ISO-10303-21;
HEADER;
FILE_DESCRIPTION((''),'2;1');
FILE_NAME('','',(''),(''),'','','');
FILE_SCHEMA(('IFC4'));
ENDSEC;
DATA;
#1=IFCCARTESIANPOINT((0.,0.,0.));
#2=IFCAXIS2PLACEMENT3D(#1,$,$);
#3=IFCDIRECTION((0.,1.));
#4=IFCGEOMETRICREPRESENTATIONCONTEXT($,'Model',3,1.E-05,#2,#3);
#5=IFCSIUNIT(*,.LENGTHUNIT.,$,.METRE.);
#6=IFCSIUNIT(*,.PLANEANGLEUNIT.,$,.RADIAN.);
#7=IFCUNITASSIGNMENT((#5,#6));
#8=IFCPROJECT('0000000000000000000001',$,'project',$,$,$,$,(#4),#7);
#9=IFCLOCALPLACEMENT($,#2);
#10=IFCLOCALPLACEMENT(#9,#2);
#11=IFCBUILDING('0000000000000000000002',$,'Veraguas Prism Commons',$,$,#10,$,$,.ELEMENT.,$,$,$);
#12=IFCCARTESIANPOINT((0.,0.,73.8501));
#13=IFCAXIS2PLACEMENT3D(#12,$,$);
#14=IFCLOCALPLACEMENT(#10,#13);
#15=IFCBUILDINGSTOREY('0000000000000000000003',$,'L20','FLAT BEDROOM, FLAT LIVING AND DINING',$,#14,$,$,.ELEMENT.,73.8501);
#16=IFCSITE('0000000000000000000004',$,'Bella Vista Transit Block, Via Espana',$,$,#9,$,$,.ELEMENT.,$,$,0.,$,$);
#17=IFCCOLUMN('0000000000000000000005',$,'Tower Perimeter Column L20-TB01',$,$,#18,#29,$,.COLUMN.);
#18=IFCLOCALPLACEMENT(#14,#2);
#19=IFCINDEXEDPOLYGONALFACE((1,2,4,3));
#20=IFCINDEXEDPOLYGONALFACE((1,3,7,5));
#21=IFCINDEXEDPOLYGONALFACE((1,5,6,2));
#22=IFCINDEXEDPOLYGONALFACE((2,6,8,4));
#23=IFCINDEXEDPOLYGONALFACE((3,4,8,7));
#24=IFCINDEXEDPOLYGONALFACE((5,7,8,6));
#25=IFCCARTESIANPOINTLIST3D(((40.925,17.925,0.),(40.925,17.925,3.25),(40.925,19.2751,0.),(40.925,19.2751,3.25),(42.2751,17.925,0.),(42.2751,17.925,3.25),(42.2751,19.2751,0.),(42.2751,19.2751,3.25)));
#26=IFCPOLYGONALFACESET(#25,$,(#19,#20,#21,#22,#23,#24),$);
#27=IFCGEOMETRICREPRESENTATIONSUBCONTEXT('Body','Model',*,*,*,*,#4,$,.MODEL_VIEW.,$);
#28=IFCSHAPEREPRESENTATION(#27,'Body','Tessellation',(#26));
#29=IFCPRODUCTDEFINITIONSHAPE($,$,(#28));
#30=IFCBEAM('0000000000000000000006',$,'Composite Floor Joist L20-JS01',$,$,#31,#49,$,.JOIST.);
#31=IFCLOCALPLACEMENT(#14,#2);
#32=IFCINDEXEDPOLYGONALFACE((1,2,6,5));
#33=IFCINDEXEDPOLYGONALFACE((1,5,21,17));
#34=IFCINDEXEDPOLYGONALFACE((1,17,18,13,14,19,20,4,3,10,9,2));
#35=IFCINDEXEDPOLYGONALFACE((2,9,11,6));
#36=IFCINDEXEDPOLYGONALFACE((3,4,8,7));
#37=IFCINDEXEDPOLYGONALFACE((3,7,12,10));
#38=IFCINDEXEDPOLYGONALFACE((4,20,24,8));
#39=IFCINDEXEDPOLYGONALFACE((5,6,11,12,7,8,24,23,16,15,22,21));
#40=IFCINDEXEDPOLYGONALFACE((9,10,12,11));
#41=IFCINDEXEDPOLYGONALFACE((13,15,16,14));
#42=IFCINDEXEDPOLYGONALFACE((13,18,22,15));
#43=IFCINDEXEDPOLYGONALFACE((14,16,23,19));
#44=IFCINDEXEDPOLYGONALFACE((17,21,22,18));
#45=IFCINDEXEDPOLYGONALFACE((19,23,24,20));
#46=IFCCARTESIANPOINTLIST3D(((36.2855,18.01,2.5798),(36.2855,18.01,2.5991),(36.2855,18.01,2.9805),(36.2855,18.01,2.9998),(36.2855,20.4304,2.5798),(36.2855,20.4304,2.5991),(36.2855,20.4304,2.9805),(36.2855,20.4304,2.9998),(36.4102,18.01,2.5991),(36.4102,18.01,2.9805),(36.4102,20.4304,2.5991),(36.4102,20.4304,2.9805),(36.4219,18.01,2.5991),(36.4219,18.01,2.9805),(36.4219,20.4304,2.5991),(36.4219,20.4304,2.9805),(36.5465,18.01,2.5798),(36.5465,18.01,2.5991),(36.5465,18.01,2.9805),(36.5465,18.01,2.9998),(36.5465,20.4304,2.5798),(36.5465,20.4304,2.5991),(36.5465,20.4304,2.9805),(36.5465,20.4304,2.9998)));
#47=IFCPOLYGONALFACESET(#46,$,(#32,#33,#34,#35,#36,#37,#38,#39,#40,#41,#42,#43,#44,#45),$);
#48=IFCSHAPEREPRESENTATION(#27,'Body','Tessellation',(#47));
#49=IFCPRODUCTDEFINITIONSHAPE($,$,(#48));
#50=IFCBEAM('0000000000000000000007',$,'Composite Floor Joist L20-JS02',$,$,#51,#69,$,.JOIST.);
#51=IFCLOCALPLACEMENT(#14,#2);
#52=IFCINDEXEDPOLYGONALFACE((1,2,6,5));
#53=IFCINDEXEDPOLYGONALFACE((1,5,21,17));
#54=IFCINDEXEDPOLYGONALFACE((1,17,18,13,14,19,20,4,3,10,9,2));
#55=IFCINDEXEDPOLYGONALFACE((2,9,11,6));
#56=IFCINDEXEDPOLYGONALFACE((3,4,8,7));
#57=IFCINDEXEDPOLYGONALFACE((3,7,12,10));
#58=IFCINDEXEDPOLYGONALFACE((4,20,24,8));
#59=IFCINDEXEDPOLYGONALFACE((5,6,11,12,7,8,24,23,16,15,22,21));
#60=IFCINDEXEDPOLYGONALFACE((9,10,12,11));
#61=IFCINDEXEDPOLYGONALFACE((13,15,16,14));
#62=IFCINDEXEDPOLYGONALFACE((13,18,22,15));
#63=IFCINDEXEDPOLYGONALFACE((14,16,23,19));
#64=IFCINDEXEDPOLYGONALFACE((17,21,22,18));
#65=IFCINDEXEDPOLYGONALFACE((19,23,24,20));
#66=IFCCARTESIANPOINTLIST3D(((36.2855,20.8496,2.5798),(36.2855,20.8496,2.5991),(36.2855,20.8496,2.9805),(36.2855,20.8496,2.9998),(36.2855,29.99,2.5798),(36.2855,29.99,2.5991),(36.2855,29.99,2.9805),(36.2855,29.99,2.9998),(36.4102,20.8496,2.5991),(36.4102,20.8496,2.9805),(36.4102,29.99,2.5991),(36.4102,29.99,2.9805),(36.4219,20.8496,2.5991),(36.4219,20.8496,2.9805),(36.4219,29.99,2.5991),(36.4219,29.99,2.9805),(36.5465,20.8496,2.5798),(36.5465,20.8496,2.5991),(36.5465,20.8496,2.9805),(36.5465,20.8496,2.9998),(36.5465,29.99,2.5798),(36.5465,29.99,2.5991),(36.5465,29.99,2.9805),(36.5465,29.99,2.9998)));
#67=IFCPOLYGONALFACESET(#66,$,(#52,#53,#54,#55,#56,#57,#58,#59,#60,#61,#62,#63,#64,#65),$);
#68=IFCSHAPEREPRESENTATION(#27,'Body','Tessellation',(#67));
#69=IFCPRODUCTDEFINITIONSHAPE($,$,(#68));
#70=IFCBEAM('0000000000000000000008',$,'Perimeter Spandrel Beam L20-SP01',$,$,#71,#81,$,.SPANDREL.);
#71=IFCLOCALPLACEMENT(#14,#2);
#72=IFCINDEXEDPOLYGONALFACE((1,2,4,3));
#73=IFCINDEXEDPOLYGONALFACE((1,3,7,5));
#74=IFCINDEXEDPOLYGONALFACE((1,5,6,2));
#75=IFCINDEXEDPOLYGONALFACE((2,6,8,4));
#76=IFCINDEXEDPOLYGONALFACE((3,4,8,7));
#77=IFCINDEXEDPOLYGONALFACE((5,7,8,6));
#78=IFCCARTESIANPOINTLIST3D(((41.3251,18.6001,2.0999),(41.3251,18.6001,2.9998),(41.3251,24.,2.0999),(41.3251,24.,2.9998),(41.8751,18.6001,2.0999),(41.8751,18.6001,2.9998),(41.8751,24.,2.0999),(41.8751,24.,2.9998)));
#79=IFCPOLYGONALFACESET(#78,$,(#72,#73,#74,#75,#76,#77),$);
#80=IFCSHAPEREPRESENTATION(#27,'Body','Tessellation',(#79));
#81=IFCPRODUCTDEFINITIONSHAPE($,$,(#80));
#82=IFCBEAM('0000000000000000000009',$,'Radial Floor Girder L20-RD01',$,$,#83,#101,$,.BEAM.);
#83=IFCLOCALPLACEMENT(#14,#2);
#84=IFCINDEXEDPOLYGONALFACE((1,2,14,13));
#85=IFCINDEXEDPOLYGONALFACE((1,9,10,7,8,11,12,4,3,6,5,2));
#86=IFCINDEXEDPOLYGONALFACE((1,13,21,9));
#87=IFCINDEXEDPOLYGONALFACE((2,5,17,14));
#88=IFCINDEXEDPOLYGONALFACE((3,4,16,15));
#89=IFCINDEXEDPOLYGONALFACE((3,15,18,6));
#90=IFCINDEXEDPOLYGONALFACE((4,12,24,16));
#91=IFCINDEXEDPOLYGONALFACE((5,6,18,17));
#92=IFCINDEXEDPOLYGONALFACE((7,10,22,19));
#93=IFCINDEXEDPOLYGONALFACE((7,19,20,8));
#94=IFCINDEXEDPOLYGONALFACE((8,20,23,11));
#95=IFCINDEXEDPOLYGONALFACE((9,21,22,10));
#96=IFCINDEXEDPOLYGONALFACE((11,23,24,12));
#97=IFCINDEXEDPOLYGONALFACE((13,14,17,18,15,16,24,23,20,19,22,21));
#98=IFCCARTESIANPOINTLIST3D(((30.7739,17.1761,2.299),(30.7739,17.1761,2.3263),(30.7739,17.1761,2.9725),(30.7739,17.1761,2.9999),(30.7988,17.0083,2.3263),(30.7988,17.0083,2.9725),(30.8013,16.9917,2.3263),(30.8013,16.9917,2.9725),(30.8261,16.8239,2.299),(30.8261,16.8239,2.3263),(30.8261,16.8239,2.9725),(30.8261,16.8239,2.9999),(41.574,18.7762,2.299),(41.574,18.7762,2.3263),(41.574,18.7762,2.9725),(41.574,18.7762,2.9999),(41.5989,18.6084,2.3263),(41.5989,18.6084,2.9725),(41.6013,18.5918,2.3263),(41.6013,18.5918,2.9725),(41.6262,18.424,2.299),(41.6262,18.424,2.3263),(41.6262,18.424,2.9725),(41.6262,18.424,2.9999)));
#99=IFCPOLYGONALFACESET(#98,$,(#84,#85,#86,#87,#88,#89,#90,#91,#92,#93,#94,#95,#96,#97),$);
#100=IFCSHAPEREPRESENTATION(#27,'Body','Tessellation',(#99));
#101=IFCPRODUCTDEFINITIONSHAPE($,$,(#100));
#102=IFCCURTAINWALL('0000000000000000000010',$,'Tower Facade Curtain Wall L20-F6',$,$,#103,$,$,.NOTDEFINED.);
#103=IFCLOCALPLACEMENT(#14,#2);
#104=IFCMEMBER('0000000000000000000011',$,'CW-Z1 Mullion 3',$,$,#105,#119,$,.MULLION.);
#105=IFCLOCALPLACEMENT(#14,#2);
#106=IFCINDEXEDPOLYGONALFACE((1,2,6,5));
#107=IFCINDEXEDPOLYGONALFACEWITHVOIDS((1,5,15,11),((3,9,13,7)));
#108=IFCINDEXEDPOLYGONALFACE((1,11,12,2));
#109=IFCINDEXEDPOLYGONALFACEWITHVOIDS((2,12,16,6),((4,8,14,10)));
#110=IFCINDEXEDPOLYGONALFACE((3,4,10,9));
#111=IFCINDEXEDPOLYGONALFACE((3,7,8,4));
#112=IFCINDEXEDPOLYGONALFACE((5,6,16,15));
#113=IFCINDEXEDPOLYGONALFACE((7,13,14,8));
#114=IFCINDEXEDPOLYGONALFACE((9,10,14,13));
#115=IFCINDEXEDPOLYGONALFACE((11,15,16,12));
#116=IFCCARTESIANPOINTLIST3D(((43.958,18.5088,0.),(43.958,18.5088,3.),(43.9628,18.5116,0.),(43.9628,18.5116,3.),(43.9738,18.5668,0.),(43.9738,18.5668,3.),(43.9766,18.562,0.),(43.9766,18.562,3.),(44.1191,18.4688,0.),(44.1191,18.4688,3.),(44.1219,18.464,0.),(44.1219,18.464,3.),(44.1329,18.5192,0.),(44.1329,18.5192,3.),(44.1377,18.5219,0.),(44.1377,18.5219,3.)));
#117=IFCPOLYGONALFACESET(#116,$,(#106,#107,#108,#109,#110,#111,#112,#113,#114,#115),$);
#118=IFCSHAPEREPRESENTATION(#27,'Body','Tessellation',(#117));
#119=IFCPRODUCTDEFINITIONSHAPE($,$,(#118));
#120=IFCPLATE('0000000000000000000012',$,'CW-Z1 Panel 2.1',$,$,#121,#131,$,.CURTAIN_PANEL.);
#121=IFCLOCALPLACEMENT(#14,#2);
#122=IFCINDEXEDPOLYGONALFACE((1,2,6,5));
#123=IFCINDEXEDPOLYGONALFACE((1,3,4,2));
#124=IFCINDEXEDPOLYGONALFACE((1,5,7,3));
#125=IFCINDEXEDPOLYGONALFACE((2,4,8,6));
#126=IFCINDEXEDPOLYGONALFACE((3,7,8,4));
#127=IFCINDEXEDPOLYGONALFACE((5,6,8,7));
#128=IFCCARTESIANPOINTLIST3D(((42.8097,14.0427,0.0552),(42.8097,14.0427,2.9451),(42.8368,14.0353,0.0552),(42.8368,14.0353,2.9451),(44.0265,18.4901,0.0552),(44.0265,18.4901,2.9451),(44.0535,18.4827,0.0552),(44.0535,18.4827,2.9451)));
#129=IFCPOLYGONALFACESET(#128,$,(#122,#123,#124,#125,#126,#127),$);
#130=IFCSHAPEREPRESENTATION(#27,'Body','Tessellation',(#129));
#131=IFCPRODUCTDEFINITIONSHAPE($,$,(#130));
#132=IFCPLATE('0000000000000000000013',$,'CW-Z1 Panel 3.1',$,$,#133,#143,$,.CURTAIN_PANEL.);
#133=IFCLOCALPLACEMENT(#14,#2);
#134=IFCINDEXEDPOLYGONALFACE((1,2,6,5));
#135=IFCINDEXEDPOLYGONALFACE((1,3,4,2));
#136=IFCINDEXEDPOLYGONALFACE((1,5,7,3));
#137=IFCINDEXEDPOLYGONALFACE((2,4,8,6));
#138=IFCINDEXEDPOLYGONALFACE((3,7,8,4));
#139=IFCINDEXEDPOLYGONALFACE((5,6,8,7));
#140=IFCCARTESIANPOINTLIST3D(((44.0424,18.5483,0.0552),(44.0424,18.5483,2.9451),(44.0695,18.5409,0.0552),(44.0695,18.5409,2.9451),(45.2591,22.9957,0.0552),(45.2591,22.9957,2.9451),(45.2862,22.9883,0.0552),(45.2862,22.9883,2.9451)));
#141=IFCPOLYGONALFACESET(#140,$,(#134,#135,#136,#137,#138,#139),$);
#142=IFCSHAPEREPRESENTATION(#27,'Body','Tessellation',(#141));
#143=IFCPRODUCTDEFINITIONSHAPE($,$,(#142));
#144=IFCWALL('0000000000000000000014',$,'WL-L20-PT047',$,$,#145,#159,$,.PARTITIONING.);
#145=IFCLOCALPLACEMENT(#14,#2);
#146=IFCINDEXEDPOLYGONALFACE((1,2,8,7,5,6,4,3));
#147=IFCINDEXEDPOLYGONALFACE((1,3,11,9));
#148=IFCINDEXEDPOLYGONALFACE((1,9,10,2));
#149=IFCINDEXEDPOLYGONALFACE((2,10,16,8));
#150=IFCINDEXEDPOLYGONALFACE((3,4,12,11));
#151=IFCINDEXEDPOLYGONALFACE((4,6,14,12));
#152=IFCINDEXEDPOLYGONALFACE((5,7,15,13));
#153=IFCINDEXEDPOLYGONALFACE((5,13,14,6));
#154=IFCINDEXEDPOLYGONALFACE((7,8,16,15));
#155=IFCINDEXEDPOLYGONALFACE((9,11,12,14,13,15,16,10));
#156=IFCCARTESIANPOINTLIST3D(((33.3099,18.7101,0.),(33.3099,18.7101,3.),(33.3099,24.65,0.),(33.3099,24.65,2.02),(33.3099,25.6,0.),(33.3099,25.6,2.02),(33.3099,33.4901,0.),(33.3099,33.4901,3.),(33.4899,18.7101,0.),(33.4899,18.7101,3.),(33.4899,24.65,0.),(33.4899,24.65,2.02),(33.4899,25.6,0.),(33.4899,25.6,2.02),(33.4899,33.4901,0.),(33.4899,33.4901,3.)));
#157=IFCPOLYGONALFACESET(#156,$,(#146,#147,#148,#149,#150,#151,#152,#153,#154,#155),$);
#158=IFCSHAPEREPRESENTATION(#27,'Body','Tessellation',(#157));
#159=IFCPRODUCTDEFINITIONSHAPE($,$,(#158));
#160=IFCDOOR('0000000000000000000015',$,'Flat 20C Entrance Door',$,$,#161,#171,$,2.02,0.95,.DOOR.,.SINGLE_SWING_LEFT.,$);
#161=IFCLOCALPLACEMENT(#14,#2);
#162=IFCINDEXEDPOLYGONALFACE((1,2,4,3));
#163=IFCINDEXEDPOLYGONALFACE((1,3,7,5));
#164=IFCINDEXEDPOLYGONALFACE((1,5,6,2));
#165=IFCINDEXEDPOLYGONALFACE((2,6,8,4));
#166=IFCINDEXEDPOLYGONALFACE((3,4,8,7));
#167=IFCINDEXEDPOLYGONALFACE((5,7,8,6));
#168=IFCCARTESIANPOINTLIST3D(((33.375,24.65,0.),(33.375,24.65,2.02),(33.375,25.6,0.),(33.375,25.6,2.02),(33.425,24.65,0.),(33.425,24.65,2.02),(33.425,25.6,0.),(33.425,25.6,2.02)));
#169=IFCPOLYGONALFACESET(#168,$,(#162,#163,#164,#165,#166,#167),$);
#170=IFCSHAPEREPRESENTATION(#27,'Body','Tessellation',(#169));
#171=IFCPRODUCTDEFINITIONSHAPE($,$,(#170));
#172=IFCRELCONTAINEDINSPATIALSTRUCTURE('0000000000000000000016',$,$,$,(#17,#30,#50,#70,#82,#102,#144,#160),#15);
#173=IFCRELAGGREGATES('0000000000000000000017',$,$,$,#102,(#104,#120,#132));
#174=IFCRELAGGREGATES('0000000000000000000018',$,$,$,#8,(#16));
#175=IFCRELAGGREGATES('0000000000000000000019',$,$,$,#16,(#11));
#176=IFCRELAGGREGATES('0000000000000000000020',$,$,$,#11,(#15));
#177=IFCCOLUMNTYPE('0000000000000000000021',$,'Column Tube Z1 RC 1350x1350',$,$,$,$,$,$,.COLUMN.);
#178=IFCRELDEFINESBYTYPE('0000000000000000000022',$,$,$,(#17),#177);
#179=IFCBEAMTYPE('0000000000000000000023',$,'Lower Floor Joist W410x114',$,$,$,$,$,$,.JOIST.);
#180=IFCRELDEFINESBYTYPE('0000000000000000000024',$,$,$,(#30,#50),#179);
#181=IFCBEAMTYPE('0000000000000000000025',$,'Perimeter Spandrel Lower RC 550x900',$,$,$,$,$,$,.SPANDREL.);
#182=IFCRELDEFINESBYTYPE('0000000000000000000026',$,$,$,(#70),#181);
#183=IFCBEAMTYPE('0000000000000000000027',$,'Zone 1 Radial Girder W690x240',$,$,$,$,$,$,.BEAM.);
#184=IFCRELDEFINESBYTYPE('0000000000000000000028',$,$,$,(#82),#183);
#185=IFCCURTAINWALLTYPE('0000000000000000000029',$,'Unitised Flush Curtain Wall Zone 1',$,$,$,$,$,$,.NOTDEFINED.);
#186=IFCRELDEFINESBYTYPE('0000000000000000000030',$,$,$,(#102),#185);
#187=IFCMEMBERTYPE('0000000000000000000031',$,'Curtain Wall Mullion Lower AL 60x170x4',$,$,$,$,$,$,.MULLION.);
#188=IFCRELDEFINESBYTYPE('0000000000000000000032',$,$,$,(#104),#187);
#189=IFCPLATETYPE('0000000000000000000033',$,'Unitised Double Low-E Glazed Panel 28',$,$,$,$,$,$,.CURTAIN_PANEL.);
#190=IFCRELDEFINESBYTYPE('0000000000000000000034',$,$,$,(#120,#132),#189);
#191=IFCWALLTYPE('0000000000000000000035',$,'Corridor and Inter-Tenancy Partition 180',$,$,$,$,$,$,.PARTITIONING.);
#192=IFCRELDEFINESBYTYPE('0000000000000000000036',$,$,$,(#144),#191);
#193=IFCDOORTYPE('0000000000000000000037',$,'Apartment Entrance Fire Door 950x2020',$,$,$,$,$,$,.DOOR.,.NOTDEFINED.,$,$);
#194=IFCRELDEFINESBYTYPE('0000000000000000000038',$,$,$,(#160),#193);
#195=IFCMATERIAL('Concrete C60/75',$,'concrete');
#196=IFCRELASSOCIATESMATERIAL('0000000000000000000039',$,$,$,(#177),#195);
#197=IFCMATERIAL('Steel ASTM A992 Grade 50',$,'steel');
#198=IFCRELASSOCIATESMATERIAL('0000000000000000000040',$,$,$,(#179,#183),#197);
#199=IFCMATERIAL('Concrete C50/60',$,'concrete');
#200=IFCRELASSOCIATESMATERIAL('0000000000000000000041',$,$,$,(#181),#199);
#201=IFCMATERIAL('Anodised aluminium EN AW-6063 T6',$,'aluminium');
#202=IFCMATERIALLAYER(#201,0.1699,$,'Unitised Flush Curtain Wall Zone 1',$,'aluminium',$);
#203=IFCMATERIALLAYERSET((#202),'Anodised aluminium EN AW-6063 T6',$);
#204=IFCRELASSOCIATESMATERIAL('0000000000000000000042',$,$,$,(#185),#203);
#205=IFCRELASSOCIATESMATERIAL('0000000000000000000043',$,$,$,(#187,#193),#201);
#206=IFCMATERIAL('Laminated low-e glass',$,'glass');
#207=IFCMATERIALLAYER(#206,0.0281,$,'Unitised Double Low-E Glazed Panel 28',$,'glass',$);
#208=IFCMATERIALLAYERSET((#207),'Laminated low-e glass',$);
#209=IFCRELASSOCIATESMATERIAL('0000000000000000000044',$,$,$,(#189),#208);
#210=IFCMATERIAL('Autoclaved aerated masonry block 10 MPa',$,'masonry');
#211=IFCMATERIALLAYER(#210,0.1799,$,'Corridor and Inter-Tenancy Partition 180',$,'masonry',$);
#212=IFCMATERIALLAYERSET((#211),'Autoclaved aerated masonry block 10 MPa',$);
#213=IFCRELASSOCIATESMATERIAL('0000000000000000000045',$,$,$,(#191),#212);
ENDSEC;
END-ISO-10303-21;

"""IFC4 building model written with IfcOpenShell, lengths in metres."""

from ifc_helpers import new_model, si_unit, direction, frame, frame_2d, origin, origin_2d, place, context, subcontext, project, spatial, rectangle, hollow_rectangle, i_section, extrude, source, transform, mapped, material, layer, layer_set, material_profile, profile_set, type_object, element, fill, aggregate, save


model = new_model("IFC4")

# Units and contexts
model_context = context("Model", 3, precision=1e-05, world=origin(), true_north=direction((0.0, 1.0)))
body_context = subcontext(model_context, "Body", "Model", "MODEL_VIEW")
ifc_project = project(units=[si_unit("LENGTHUNIT", "METRE"), si_unit("PLANEANGLEUNIT", "RADIAN")], contexts=[model_context])

# Site, building, storey
site_placement = place(None, origin())
site = spatial("IfcSite", under=ifc_project, at=site_placement, Name="Bella Vista Transit Block, Via Espana", CompositionType="ELEMENT", RefElevation=0.0)
building_placement = place(site_placement, origin())
building = spatial("IfcBuilding", under=site, at=building_placement, Name="Veraguas Prism Commons", CompositionType="ELEMENT")
storey_placement = place(building_placement, frame((0.0, 0.0, 73.8501)))
storey = spatial("IfcBuildingStorey", under=building, at=storey_placement, Name="L20", Description="FLAT BEDROOM, FLAT LIVING AND DINING", CompositionType="ELEMENT", Elevation=73.8501)

# Column
ifc_material_1 = material(Name="Concrete C60/75", Category="concrete")
ifc_material_profile_1 = material_profile(ifc_material_1, rectangle(XDim=1.3501, YDim=1.3501, at=origin_2d()), Name="RC1350X1350")
ifc_profile_set_1 = profile_set([ifc_material_profile_1], Name="Concrete C60/75")
column_type = type_object("IfcColumnType", Name="Column Tube Z1 RC 1350x1350", PredefinedType="COLUMN", material=ifc_profile_set_1)
column_placement = place(storey_placement, frame((41.6001, 18.6001, 0.0), z_axis=(0.0, 0.0, 1.0), x_axis=(1.0, 0.0, 0.0)))
element("IfcColumn", 1, at=column_placement, inside=storey, type_object=column_type, Name="Tower Perimeter Column L20-TB01", PredefinedType="COLUMN", context=body_context, shape_type="SweptSolid", body=[
    extrude(rectangle(XDim=1.3501, YDim=1.3501, at=origin_2d()), origin(), (0.0, 0.0, 1.0), 3.25),
])

# Beams
ifc_material_2 = material(Name="Steel ASTM A992 Grade 50", Category="steel")
ifc_material_profile_2 = material_profile(ifc_material_2, i_section(OverallWidth=0.261, OverallDepth=0.4199, WebThickness=0.0117, FlangeThickness=0.0193, at=origin_2d()), Name="W410X114")
ifc_profile_set_2 = profile_set([ifc_material_profile_2], Name="Steel ASTM A992 Grade 50")
beam_type_1 = type_object("IfcBeamType", Name="Lower Floor Joist W410x114", PredefinedType="JOIST", material=ifc_profile_set_2)
beam_1_placement = place(storey_placement, frame((36.416, 18.01, 2.7898), z_axis=(0.0, 1.0, 0.0), x_axis=(-1.0, 0.0, 0.0)))
element("IfcBeam", 2, at=beam_1_placement, inside=storey, type_object=beam_type_1, Name="Composite Floor Joist L20-JS01", PredefinedType="JOIST", context=body_context, shape_type="SweptSolid", body=[
    extrude(i_section(OverallWidth=0.261, OverallDepth=0.4199, WebThickness=0.0117, FlangeThickness=0.0193, at=origin_2d()), origin(), (0.0, 0.0, 1.0), 2.4204),
])
beam_2_placement = place(storey_placement, frame((36.416, 20.8496, 2.7898), z_axis=(0.0, 1.0, 0.0), x_axis=(-1.0, 0.0, 0.0)))
element("IfcBeam", 3, at=beam_2_placement, inside=storey, type_object=beam_type_1, Name="Composite Floor Joist L20-JS02", PredefinedType="JOIST", context=body_context, shape_type="SweptSolid", body=[
    extrude(i_section(OverallWidth=0.261, OverallDepth=0.4199, WebThickness=0.0117, FlangeThickness=0.0193, at=origin_2d()), origin(), (0.0, 0.0, 1.0), 9.1404),
])
ifc_material_3 = material(Name="Concrete C50/60", Category="concrete")
ifc_material_profile_3 = material_profile(ifc_material_3, rectangle(XDim=0.55, YDim=0.8999, at=origin_2d()), Name="RC550X900")
ifc_profile_set_3 = profile_set([ifc_material_profile_3], Name="Concrete C50/60")
beam_type_2 = type_object("IfcBeamType", Name="Perimeter Spandrel Lower RC 550x900", PredefinedType="SPANDREL", material=ifc_profile_set_3)
beam_3_placement = place(storey_placement, frame((41.6001, 18.6001, 2.5498), z_axis=(0.0, 1.0, 0.0), x_axis=(-1.0, 0.0, 0.0)))
element("IfcBeam", 4, at=beam_3_placement, inside=storey, type_object=beam_type_2, Name="Perimeter Spandrel Beam L20-SP01", PredefinedType="SPANDREL", context=body_context, shape_type="SweptSolid", body=[
    extrude(rectangle(XDim=0.55, YDim=0.8999, at=origin_2d()), origin(), (0.0, 0.0, 1.0), 5.3999),
])
ifc_material_profile_4 = material_profile(ifc_material_2, i_section(OverallWidth=0.356, OverallDepth=0.7009, WebThickness=0.0168, FlangeThickness=0.0273, at=origin_2d()), Name="W690X240")
ifc_profile_set_4 = profile_set([ifc_material_profile_4], Name="Steel ASTM A992 Grade 50")
beam_type_3 = type_object("IfcBeamType", Name="Zone 1 Radial Girder W690x240", PredefinedType="BEAM", material=ifc_profile_set_4)
beam_4_placement = place(storey_placement, frame((41.6001, 18.6001, 2.6494), z_axis=(-0.989202, -0.146557, 0.0), x_axis=(0.146557, -0.989202, 0.0)))
element("IfcBeam", 5, at=beam_4_placement, inside=storey, type_object=beam_type_3, Name="Radial Floor Girder L20-RD01", PredefinedType="BEAM", context=body_context, shape_type="SweptSolid", body=[
    extrude(i_section(OverallWidth=0.356, OverallDepth=0.7009, WebThickness=0.0168, FlangeThickness=0.0273, at=origin_2d()), origin(), (0.0, 0.0, 1.0), 10.918),
])

# Curtain wall, member, plates
ifc_material_4 = material(Name="Anodised aluminium EN AW-6063 T6", Category="aluminium")
ifc_layer_1 = layer(ifc_material_4, 0.1699, Name="Unitised Flush Curtain Wall Zone 1", Category="aluminium")
ifc_layer_set_1 = layer_set([ifc_layer_1], Name="Anodised aluminium EN AW-6063 T6")
curtain_wall_type = type_object("IfcCurtainWallType", Name="Unitised Flush Curtain Wall Zone 1", PredefinedType="NOTDEFINED", material=ifc_layer_set_1)
curtain_wall_placement = place(storey_placement, origin())
curtain_wall = element("IfcCurtainWall", 6, at=curtain_wall_placement, inside=storey, type_object=curtain_wall_type, Name="Tower Facade Curtain Wall L20-F6", PredefinedType="NOTDEFINED")
ifc_material_profile_5 = material_profile(ifc_material_4, hollow_rectangle(XDim=0.0601, YDim=0.1699, WallThickness=0.0039, at=origin_2d()), Name="AL60X170X4")
ifc_profile_set_5 = profile_set([ifc_material_profile_5], Name="Anodised aluminium EN AW-6063 T6")
member_type = type_object("IfcMemberType", Name="Curtain Wall Mullion Lower AL 60x170x4", PredefinedType="MULLION", material=ifc_profile_set_5)
shared_shape_1 = source(origin(), body_context, "Body", "SweptSolid", [
    extrude(hollow_rectangle(XDim=0.0601, YDim=0.1699, WallThickness=0.0039, at=origin_2d()), origin(), (0.0, 0.0, 1.0), 3.0),
])
member_placement = place(storey_placement, frame((44.0479, 18.5154, 0.0), z_axis=(0.0, 0.0, 1.0), x_axis=(0.26388, 0.964556, 0.0)))
member = element("IfcMember", 7, at=member_placement, type_object=member_type, Name="CW-Z1 Mullion 3", PredefinedType="MULLION", context=body_context, shape_type="MappedRepresentation", body=[
    mapped(shared_shape_1, transform((0.0, 0.0, 0.0), scale=1.0)),
])
ifc_material_5 = material(Name="Laminated low-e glass", Category="glass")
ifc_layer_2 = layer(ifc_material_5, 0.0281, Name="Unitised Double Low-E Glazed Panel 28", Category="glass")
ifc_layer_set_2 = layer_set([ifc_layer_2], Name="Laminated low-e glass")
plate_type = type_object("IfcPlateType", Name="Unitised Double Low-E Glazed Panel 28", PredefinedType="CURTAIN_PANEL", material=ifc_layer_set_2)
shared_shape_2 = source(origin(), body_context, "Body", "SweptSolid", [
    extrude(rectangle(XDim=4.6108, YDim=0.0281, at=origin_2d()), origin(), (0.0, 0.0, 1.0), 2.8899),
])
plate_1_placement = place(storey_placement, frame((43.4316, 16.2627, 0.0552), z_axis=(0.0, 0.0, 1.0), x_axis=(0.26388, 0.964556, 0.0)))
plate_1 = element("IfcPlate", 8, at=plate_1_placement, type_object=plate_type, Name="CW-Z1 Panel 2.1", PredefinedType="CURTAIN_PANEL", context=body_context, shape_type="MappedRepresentation", body=[
    mapped(shared_shape_2, transform((0.0, 0.0, 0.0), scale=1.0)),
])
plate_2_placement = place(storey_placement, frame((44.6643, 20.7683, 0.0552), z_axis=(0.0, 0.0, 1.0), x_axis=(0.26388, 0.964556, 0.0)))
plate_2 = element("IfcPlate", 9, at=plate_2_placement, type_object=plate_type, Name="CW-Z1 Panel 3.1", PredefinedType="CURTAIN_PANEL", context=body_context, shape_type="MappedRepresentation", body=[
    mapped(shared_shape_2, transform((0.0, 0.0, 0.0), scale=1.0)),
])
aggregate(curtain_wall, [member, plate_1, plate_2])

# Wall, opening, door
ifc_material_6 = material(Name="Autoclaved aerated masonry block 10 MPa", Category="masonry")
ifc_layer_3 = layer(ifc_material_6, 0.1799, Name="Corridor and Inter-Tenancy Partition 180", Category="masonry")
ifc_layer_set_3 = layer_set([ifc_layer_3], Name="Autoclaved aerated masonry block 10 MPa")
wall_type_1 = type_object("IfcWallType", Name="Corridor and Inter-Tenancy Partition 180", PredefinedType="PARTITIONING", material=ifc_layer_set_3)
wall_1_placement = place(storey_placement, frame((33.3999, 18.71, 0.0), z_axis=(0.0, 0.0, 1.0), x_axis=(0.0, 1.0, 0.0)))
wall_1 = element("IfcWall", 10, at=wall_1_placement, inside=storey, type_object=wall_type_1, Name="WL-L20-PT047", PredefinedType="PARTITIONING", context=body_context, shape_type="SweptSolid", body=[
    extrude(rectangle(XDim=14.78, YDim=0.1799, at=frame_2d((7.3901, 0.0))), origin(), (0.0, 0.0, 1.0), 3.0),
])
opening_1_placement = place(wall_1_placement, frame((5.9399, 0.0, 0.0)))
opening_1 = element("IfcOpeningElement", 11, at=opening_1_placement, cuts=wall_1, PredefinedType="OPENING", context=body_context, shape_type="SweptSolid", body=[
    extrude(rectangle(XDim=0.95, YDim=2.02, at=frame_2d((0.4751, 1.01))), frame((0.0, 0.0999, 0.0), z_axis=(0.0, -1.0, 0.0), x_axis=(1.0, 0.0, 0.0)), (0.0, 0.0, 1.0), 0.2),
])
door_type_1 = type_object("IfcDoorType", Name="Apartment Entrance Fire Door 950x2020", OperationType="NOTDEFINED", PredefinedType="DOOR", material=ifc_material_4)
shared_shape_3 = source(origin(), body_context, "Body", "SweptSolid", [
    extrude(rectangle(XDim=0.95, YDim=2.02, at=frame_2d((0.4751, 1.01))), frame((0.0, 0.0249, 0.0), z_axis=(0.0, -1.0, 0.0), x_axis=(1.0, 0.0, 0.0)), (0.0, 0.0, 1.0), 0.05),
])
door_1_placement = place(opening_1_placement, origin())
door_1 = element("IfcDoor", 12, at=door_1_placement, inside=storey, type_object=door_type_1, Name="Flat 20C Entrance Door", OperationType="SINGLE_SWING_LEFT", OverallHeight=2.02, OverallWidth=0.95, PredefinedType="DOOR", context=body_context, shape_type="MappedRepresentation", body=[
    mapped(shared_shape_3, transform((0.0, 0.0, 0.0), scale=1.0)),
])
fill(opening_1, door_1)

save(model, "model.ifc")
